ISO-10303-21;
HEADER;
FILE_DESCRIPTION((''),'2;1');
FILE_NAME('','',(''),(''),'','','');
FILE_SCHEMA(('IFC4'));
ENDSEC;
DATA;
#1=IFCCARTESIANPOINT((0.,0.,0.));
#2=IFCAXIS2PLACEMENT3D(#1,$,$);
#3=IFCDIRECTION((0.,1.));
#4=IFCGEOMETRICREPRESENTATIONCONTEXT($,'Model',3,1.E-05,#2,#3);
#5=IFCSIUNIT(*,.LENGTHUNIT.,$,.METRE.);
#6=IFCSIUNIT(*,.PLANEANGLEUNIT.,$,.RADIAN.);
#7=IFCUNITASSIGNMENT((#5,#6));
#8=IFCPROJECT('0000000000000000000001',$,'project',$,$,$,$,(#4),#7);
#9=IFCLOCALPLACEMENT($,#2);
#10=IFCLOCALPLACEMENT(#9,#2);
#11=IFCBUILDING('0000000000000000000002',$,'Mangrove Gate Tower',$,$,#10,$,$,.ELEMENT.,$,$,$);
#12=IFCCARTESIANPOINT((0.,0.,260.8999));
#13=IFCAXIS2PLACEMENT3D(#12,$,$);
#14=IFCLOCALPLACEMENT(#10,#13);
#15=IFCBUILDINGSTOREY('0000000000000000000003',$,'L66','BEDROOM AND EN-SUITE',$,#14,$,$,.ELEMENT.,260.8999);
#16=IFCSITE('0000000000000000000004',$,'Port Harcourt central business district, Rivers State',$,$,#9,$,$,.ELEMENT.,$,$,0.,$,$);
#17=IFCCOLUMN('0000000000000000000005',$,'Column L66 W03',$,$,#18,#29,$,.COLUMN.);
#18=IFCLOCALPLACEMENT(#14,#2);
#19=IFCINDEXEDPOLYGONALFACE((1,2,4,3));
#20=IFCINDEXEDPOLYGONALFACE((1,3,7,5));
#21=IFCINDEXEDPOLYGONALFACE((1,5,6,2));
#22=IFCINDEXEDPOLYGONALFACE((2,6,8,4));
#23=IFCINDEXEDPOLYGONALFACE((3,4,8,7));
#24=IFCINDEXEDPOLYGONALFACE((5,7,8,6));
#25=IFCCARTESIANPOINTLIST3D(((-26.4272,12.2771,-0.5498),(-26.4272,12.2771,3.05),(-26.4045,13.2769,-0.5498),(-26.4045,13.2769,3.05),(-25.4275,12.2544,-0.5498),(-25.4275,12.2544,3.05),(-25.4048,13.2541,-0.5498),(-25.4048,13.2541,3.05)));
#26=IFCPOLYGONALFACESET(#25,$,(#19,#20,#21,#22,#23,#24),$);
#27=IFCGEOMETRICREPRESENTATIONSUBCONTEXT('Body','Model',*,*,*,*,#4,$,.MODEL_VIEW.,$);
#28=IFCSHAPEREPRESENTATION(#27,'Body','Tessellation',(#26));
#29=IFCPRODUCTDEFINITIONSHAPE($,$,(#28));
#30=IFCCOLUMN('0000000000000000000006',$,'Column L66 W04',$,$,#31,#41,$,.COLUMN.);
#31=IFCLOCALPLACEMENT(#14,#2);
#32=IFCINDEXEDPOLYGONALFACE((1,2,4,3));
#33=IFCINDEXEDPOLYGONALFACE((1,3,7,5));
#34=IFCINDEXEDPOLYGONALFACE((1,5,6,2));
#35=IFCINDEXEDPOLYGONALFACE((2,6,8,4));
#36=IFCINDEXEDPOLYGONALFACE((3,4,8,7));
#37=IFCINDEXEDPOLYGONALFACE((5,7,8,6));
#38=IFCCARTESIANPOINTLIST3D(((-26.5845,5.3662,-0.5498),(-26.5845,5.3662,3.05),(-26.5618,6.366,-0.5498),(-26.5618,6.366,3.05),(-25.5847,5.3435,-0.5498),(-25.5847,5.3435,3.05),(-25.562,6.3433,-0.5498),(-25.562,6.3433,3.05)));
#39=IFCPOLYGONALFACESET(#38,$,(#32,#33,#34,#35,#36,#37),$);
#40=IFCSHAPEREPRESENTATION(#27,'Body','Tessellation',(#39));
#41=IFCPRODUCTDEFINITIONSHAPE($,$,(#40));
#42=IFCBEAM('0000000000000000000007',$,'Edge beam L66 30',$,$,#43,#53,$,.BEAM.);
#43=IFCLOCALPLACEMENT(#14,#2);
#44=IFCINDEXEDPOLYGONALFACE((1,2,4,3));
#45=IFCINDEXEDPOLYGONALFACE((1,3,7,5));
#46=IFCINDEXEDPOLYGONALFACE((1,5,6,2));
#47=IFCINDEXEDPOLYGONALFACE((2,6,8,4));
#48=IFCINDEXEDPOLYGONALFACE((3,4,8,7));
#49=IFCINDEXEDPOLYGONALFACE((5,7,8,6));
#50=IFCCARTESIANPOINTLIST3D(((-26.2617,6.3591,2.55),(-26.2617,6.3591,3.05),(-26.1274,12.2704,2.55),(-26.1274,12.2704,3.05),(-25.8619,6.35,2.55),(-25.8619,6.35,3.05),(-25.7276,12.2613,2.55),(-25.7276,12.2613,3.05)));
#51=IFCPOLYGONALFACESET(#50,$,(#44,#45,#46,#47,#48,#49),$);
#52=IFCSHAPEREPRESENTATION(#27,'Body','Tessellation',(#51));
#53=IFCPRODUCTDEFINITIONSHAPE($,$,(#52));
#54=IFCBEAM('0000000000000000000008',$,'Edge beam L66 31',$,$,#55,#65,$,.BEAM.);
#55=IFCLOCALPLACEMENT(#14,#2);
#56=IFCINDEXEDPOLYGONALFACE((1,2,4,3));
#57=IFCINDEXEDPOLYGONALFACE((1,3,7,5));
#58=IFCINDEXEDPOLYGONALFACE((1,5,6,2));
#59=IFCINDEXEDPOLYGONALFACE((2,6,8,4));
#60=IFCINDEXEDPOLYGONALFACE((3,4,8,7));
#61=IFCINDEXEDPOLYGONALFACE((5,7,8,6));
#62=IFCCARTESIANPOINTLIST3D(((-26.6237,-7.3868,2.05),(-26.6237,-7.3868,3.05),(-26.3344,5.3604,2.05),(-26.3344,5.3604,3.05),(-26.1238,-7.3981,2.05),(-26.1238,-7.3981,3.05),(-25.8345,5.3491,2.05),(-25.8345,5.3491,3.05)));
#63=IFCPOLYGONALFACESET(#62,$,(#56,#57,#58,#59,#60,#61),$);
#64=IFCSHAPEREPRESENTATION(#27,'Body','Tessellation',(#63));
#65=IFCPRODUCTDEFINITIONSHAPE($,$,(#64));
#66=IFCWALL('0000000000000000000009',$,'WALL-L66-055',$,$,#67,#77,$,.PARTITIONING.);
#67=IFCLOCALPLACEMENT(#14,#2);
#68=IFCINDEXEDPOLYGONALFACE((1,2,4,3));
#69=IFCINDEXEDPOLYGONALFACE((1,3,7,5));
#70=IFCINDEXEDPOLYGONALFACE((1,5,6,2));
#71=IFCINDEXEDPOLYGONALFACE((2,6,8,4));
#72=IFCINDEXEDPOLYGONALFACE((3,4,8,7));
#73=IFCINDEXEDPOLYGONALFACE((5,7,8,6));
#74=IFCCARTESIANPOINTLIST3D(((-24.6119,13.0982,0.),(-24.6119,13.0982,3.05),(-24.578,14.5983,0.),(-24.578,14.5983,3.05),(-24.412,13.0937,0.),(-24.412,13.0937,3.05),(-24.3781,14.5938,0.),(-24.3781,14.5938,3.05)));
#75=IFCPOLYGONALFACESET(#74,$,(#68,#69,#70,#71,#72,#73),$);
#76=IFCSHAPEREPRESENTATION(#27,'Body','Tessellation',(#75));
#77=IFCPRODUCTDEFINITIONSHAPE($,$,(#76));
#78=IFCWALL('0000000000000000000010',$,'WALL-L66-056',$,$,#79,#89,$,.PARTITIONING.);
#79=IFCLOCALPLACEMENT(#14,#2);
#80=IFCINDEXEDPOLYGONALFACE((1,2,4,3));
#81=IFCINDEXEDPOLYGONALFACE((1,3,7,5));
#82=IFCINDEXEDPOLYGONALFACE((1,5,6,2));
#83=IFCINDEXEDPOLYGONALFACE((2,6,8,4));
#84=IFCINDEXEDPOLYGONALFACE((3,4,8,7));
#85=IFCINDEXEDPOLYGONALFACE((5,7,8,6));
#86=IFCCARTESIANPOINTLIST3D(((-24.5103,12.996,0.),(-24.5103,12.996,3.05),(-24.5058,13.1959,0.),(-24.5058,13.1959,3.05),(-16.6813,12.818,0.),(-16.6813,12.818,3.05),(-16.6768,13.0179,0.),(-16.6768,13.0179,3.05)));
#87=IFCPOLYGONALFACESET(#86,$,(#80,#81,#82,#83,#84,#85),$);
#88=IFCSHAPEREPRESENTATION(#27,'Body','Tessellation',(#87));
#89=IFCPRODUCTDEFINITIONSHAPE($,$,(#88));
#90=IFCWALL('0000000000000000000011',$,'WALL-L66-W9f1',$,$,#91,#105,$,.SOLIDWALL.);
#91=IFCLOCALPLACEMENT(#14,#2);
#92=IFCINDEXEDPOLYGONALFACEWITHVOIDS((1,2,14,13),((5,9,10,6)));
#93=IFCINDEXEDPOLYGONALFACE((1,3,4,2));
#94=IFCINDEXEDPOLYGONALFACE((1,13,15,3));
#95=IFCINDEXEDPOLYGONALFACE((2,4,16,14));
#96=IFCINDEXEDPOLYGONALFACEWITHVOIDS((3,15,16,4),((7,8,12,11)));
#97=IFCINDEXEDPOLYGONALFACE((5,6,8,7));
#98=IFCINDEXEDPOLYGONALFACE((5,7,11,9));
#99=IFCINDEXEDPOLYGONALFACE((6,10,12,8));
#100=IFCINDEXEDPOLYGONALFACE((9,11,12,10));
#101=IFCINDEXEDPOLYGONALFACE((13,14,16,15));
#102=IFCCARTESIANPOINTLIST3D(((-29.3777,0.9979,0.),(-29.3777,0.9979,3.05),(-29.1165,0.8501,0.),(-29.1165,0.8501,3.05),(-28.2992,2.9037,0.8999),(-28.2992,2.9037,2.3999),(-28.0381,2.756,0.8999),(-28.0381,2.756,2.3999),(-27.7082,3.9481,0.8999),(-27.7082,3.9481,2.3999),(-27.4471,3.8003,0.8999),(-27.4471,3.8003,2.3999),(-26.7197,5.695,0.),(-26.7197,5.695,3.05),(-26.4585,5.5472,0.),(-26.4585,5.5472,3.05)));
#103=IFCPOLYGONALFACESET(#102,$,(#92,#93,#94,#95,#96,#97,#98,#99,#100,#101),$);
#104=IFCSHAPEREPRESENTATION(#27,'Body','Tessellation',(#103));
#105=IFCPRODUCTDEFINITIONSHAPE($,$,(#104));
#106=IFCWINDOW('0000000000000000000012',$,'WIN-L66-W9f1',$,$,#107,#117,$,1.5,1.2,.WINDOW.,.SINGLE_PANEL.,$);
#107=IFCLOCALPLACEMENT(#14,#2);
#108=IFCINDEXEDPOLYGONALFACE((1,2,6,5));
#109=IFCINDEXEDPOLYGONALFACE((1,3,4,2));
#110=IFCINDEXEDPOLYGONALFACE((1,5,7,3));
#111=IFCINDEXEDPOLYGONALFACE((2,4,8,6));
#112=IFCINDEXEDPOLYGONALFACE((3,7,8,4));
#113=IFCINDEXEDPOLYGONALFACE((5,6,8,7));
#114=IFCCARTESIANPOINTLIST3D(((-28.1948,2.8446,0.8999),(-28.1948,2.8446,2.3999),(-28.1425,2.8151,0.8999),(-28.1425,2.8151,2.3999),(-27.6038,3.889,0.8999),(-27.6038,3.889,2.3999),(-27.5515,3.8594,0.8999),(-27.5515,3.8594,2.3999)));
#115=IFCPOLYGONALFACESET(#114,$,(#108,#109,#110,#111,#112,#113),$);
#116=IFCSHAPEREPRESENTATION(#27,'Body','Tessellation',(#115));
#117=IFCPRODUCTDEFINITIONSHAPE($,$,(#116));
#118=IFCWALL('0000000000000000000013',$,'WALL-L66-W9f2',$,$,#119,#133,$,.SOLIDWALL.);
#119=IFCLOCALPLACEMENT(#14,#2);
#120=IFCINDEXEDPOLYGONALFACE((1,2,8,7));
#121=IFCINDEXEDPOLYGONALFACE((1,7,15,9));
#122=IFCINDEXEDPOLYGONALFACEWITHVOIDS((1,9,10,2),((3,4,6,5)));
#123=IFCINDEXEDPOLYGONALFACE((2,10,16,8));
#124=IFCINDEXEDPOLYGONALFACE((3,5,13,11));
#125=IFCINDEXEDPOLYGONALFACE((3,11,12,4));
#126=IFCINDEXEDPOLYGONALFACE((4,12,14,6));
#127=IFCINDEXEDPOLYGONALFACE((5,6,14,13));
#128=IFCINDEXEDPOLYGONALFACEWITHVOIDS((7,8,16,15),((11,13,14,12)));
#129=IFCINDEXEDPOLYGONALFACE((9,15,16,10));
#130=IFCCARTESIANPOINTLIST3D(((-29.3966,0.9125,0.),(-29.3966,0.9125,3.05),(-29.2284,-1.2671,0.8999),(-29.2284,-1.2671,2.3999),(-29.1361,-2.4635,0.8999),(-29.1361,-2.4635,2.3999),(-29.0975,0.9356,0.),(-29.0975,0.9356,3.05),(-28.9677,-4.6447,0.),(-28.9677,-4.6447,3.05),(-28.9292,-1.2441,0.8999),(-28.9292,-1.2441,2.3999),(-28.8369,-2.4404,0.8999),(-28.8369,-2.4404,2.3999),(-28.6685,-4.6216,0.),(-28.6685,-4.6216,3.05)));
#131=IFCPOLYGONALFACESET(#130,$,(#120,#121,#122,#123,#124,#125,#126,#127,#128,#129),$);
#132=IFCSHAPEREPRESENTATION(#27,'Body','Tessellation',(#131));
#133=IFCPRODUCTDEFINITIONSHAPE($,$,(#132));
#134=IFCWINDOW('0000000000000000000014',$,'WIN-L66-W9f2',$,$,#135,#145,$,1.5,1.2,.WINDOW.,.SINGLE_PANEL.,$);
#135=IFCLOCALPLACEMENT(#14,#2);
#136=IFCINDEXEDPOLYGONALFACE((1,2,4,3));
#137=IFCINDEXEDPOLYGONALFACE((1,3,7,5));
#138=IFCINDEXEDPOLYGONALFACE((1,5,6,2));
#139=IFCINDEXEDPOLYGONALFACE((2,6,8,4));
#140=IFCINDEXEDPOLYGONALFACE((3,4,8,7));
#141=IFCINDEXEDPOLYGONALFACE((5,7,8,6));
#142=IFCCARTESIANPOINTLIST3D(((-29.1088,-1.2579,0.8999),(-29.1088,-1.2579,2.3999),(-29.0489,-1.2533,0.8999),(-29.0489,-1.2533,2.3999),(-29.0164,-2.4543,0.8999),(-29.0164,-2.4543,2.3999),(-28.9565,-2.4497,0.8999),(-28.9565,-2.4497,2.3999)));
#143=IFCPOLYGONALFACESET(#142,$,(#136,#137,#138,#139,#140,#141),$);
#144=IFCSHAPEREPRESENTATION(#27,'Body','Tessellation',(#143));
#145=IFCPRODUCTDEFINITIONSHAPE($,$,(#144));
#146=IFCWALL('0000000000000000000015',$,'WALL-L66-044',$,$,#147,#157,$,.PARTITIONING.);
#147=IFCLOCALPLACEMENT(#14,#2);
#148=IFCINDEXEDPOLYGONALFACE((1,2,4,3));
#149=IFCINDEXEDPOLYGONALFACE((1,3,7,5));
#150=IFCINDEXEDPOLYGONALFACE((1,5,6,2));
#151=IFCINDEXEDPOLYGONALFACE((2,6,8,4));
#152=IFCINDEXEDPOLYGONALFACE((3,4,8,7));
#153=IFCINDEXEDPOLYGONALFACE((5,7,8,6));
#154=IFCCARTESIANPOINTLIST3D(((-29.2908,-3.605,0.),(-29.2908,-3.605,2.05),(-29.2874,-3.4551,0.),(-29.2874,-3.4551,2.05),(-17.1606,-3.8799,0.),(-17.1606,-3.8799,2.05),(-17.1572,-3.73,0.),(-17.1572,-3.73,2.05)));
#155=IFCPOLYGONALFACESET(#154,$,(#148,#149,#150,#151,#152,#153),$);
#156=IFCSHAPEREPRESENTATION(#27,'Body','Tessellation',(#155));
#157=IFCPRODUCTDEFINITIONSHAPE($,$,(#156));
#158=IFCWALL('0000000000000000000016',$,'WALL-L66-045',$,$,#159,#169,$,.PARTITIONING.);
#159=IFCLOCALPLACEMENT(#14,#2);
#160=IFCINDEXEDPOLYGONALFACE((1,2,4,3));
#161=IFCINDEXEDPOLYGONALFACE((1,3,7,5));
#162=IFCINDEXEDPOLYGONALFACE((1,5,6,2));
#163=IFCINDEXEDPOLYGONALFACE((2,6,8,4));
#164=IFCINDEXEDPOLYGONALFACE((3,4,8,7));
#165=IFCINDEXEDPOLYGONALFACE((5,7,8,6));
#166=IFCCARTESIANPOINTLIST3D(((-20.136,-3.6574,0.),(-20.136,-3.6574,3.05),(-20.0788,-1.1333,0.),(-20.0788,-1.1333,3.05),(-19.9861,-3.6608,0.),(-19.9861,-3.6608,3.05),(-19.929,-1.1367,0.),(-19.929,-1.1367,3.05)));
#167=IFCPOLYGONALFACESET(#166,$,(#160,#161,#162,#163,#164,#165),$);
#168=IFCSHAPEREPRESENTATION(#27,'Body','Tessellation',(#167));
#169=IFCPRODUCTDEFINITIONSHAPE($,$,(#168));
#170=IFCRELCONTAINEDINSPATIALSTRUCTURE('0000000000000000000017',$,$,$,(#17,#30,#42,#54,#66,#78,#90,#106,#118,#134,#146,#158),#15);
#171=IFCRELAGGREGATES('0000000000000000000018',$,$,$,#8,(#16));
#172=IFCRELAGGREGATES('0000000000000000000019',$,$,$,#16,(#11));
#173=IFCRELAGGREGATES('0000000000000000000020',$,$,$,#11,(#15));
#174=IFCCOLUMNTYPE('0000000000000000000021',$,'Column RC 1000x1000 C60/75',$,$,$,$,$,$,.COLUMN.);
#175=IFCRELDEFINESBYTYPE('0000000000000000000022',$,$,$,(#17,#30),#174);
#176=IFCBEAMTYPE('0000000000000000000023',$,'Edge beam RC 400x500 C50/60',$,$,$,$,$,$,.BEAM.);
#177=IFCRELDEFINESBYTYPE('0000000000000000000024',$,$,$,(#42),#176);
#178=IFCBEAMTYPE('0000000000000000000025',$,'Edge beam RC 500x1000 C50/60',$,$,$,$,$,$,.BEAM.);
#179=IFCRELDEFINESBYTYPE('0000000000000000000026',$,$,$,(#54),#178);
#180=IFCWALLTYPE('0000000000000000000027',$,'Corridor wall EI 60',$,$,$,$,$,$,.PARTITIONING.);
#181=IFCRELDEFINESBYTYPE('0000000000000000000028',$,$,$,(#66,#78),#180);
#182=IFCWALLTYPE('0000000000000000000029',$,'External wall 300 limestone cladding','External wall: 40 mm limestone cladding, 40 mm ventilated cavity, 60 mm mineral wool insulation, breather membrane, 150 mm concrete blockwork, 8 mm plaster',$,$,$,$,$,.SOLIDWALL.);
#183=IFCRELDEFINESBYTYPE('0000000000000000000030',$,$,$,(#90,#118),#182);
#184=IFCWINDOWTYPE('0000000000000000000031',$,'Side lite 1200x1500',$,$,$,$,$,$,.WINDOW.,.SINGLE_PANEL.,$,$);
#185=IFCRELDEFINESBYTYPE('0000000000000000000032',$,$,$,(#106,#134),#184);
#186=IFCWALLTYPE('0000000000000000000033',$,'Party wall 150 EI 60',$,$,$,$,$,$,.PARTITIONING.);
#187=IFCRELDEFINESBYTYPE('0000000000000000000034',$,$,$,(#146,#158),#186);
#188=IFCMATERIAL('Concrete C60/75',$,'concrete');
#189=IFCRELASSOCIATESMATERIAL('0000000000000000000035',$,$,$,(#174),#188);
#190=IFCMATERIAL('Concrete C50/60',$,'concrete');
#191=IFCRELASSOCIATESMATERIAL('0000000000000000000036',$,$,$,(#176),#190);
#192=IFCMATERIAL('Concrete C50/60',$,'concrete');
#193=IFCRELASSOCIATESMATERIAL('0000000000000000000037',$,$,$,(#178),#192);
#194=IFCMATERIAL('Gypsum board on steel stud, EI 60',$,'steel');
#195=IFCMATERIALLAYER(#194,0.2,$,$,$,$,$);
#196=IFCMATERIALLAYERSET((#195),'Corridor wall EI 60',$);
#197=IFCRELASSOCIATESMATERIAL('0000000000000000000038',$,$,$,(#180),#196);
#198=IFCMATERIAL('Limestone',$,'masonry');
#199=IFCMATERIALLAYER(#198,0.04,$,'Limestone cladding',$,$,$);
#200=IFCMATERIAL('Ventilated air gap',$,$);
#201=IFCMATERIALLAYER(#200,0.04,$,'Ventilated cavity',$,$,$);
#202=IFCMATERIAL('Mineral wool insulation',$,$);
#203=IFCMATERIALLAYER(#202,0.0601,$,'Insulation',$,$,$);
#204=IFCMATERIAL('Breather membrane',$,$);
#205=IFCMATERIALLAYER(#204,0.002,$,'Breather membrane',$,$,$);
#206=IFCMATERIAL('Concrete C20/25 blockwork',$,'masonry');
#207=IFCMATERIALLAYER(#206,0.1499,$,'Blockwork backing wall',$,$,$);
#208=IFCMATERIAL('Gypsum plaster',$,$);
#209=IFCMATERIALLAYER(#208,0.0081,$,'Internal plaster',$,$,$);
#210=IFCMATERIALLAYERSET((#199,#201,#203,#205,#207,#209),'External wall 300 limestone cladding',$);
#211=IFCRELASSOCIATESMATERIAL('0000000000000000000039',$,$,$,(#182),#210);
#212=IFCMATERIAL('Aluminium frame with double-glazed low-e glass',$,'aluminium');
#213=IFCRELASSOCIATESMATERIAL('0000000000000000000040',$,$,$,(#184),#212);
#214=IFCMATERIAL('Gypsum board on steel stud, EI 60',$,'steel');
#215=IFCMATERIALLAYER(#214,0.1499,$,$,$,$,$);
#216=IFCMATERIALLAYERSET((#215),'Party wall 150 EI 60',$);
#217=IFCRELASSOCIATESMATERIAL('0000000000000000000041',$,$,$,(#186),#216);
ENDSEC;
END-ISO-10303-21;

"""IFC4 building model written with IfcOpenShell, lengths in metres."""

from ifc_helpers import new_model, si_unit, direction, frame, frame_2d, origin, origin_2d, place, context, subcontext, project, spatial, rectangle, extrude, material, layer, layer_set, material_profile, profile_set, type_object, element, fill, save


model = new_model("IFC4")

# Units and contexts
model_context = context("Model", 3, precision=1e-05, world=origin(), true_north=direction((0.0, 1.0)))
body_context = subcontext(model_context, "Body", "Model", "MODEL_VIEW")
ifc_project = project(units=[si_unit("LENGTHUNIT", "METRE"), si_unit("PLANEANGLEUNIT", "RADIAN")], contexts=[model_context])

# Site, building, storey
site_placement = place(None, origin())
site = spatial("IfcSite", under=ifc_project, at=site_placement, Name="Port Harcourt central business district, Rivers State", CompositionType="ELEMENT", RefElevation=0.0)
building_placement = place(site_placement, origin())
building = spatial("IfcBuilding", under=site, at=building_placement, Name="Mangrove Gate Tower", CompositionType="ELEMENT")
storey_placement = place(building_placement, frame((0.0, 0.0, 260.8999)))
storey = spatial("IfcBuildingStorey", under=building, at=storey_placement, Name="L66", Description="BEDROOM AND EN-SUITE", CompositionType="ELEMENT", Elevation=260.8999)

# Columns
ifc_material_1 = material(Name="Concrete C60/75", Category="concrete")
ifc_material_profile_1 = material_profile(ifc_material_1, rectangle(XDim=1.0, YDim=1.0, at=origin_2d()))
ifc_profile_set_1 = profile_set([ifc_material_profile_1], Name="Concrete C60/75")
column_type = type_object("IfcColumnType", Name="Column RC 1000x1000 C60/75", PredefinedType="COLUMN", material=ifc_profile_set_1)
for number, where, z_axis, x_axis, name in (
    (1, (-25.916, 12.7656, -0.5498), (0.0, 0.0, 1.0), (-0.022712, -0.999742, 0.0), "Column L66 W03"),
    (2, (-26.0732, 5.8547, -0.5498), (0.0, 0.0, 1.0), (-0.022697, -0.999742, 0.0), "Column L66 W04"),
):
    element("IfcColumn", number, at=place(storey_placement, frame(where, z_axis=z_axis, x_axis=x_axis)), inside=storey, type_object=column_type, Name=name, PredefinedType="COLUMN", context=body_context, shape_type="SweptSolid", body=[
        extrude(rectangle(XDim=1.0, YDim=1.0, at=origin_2d()), origin(), (0.0, 0.0, 1.0), 3.5999),
    ])

# Beams
ifc_material_2 = material(Name="Concrete C50/60", Category="concrete")
ifc_material_profile_2 = material_profile(ifc_material_2, rectangle(XDim=0.3999, YDim=0.5, at=origin_2d()))
ifc_profile_set_2 = profile_set([ifc_material_profile_2], Name="Concrete C50/60")
beam_type_1 = type_object("IfcBeamType", Name="Edge beam RC 400x500 C50/60", PredefinedType="BEAM", material=ifc_profile_set_2)
beam_1_placement = place(storey_placement, frame((-25.9275, 12.2659, 2.8), z_axis=(-0.022709, -0.999742, 0.0), x_axis=(0.999742, -0.022709, 0.0)))
element("IfcBeam", 3, at=beam_1_placement, inside=storey, type_object=beam_type_1, Name="Edge beam L66 30", PredefinedType="BEAM", context=body_context, shape_type="SweptSolid", body=[
    extrude(rectangle(XDim=0.3999, YDim=0.5, at=origin_2d()), origin(), (0.0, 0.0, 1.0), 5.9128),
])
ifc_material_3 = material(Name="Concrete C50/60", Category="concrete")
ifc_material_profile_3 = material_profile(ifc_material_3, rectangle(XDim=0.5, YDim=1.0, at=origin_2d()))
ifc_profile_set_3 = profile_set([ifc_material_profile_3], Name="Concrete C50/60")
beam_type_2 = type_object("IfcBeamType", Name="Edge beam RC 500x1000 C50/60", PredefinedType="BEAM", material=ifc_profile_set_3)
beam_2_placement = place(storey_placement, frame((-26.0845, 5.3547, 2.55), z_axis=(-0.02269, -0.999743, 0.0), x_axis=(0.999743, -0.02269, 0.0)))
element("IfcBeam", 4, at=beam_2_placement, inside=storey, type_object=beam_type_2, Name="Edge beam L66 31", PredefinedType="BEAM", context=body_context, shape_type="SweptSolid", body=[
    extrude(rectangle(XDim=0.5, YDim=1.0, at=origin_2d()), origin(), (0.0, 0.0, 1.0), 12.7505),
])

# Walls
ifc_material_4 = material(Name="Gypsum board on steel stud, EI 60", Category="steel")
ifc_layer_1 = layer(ifc_material_4, 0.2)
ifc_layer_set_1 = layer_set([ifc_layer_1], Name="Corridor wall EI 60")
wall_type_1 = type_object("IfcWallType", Name="Corridor wall EI 60", PredefinedType="PARTITIONING", material=ifc_layer_set_1)
wall_1_placement = place(storey_placement, frame((-24.512, 13.0959, 0.0), z_axis=(0.0, 0.0, 1.0), x_axis=(0.022618, 0.999744, 0.0)))
element("IfcWall", 5, at=wall_1_placement, inside=storey, type_object=wall_type_1, Name="WALL-L66-055", PredefinedType="PARTITIONING", context=body_context, shape_type="SweptSolid", body=[
    extrude(rectangle(XDim=1.5005, YDim=0.2, at=frame_2d((0.7502, 0.0))), origin(), (0.0, 0.0, 1.0), 3.05),
])
wall_2_placement = place(storey_placement, frame((-24.5081, 13.0959, 0.0), z_axis=(0.0, 0.0, 1.0), x_axis=(0.999742, -0.022727, 0.0)))
element("IfcWall", 6, at=wall_2_placement, inside=storey, type_object=wall_type_1, Name="WALL-L66-056", PredefinedType="PARTITIONING", context=body_context, shape_type="SweptSolid", body=[
    extrude(rectangle(XDim=7.8311, YDim=0.2, at=frame_2d((3.9155, 0.0))), origin(), (0.0, 0.0, 1.0), 3.05),
])

# Walls, openings, windows
ifc_material_5 = material(Name="Limestone", Category="masonry")
ifc_layer_2 = layer(ifc_material_5, 0.04, Name="Limestone cladding")
ifc_material_6 = material(Name="Ventilated air gap")
ifc_layer_3 = layer(ifc_material_6, 0.04, Name="Ventilated cavity")
ifc_material_7 = material(Name="Mineral wool insulation")
ifc_layer_4 = layer(ifc_material_7, 0.0601, Name="Insulation")
ifc_material_8 = material(Name="Breather membrane")
ifc_layer_5 = layer(ifc_material_8, 0.002, Name="Breather membrane")
ifc_material_9 = material(Name="Concrete C20/25 blockwork", Category="masonry")
ifc_layer_6 = layer(ifc_material_9, 0.1499, Name="Blockwork backing wall")
ifc_material_10 = material(Name="Gypsum plaster")
ifc_layer_7 = layer(ifc_material_10, 0.0081, Name="Internal plaster")
ifc_layer_set_2 = layer_set([ifc_layer_2, ifc_layer_3, ifc_layer_4, ifc_layer_5, ifc_layer_6, ifc_layer_7], Name="External wall 300 limestone cladding")
wall_type_2 = type_object("IfcWallType", Name="External wall 300 limestone cladding", Description="External wall: 40 mm limestone cladding, 40 mm ventilated cavity, 60 mm mineral wool insulation, breather membrane, 150 mm concrete blockwork, 8 mm plaster", PredefinedType="SOLIDWALL", material=ifc_layer_set_2)
wall_3_placement = place(storey_placement, frame((-26.5891, 5.6211, 0.0), z_axis=(0.0, 0.0, 1.0), x_axis=(-0.492495, -0.870315, 0.0)))
wall_3 = element("IfcWall", 7, at=wall_3_placement, inside=storey, type_object=wall_type_2, Name="WALL-L66-W9f1", PredefinedType="SOLIDWALL", context=body_context, shape_type="SweptSolid", body=[
    extrude(rectangle(XDim=5.397, YDim=0.3, at=frame_2d((2.6985, 0.0))), origin(), (0.0, 0.0, 1.0), 3.05),
])
opening_1_placement = place(wall_3_placement, frame((2.0071, 0.0, 0.8999)))
opening_1 = element("IfcOpeningElement", 8, at=opening_1_placement, cuts=wall_3, PredefinedType="OPENING", context=body_context, shape_type="SweptSolid", body=[
    extrude(rectangle(XDim=1.2, YDim=1.5, at=frame_2d((0.6001, 0.75))), frame((0.0, 0.1599, 0.0), z_axis=(0.0, -1.0, 0.0), x_axis=(1.0, 0.0, 0.0)), (0.0, 0.0, 1.0), 0.3201),
])
ifc_material_11 = material(Name="Aluminium frame with double-glazed low-e glass", Category="aluminium")
window_type = type_object("IfcWindowType", Name="Side lite 1200x1500", PartitioningType="SINGLE_PANEL", PredefinedType="WINDOW", material=ifc_material_11)
window_1_placement = place(opening_1_placement, origin())
window_1 = element("IfcWindow", 9, at=window_1_placement, inside=storey, type_object=window_type, Name="WIN-L66-W9f1", OverallHeight=1.5, OverallWidth=1.2, PartitioningType="SINGLE_PANEL", PredefinedType="WINDOW", context=body_context, shape_type="SweptSolid", body=[
    extrude(rectangle(XDim=1.2, YDim=1.5, at=frame_2d((0.6001, 0.75))), frame((0.0, 0.03, 0.0), z_axis=(0.0, -1.0, 0.0), x_axis=(1.0, 0.0, 0.0)), (0.0, 0.0, 1.0), 0.0601),
])
fill(opening_1, window_1)
wall_4_placement = place(storey_placement, frame((-29.2471, 0.9241, 0.0), z_axis=(0.0, 0.0, 1.0), x_axis=(0.076961, -0.997034, 0.0)))
wall_4 = element("IfcWall", 10, at=wall_4_placement, inside=storey, type_object=wall_type_2, Name="WALL-L66-W9f2", PredefinedType="SOLIDWALL", context=body_context, shape_type="SweptSolid", body=[
    extrude(rectangle(XDim=5.5737, YDim=0.3, at=frame_2d((2.7869, 0.0))), origin(), (0.0, 0.0, 1.0), 3.05),
])
opening_2_placement = place(wall_4_placement, frame((2.186, 0.0, 0.8999)))
opening_2 = element("IfcOpeningElement", 11, at=opening_2_placement, cuts=wall_4, PredefinedType="OPENING", context=body_context, shape_type="SweptSolid", body=[
    extrude(rectangle(XDim=1.2, YDim=1.5, at=frame_2d((0.6001, 0.75))), frame((0.0, 0.1599, 0.0), z_axis=(0.0, -1.0, 0.0), x_axis=(1.0, 0.0, 0.0)), (0.0, 0.0, 1.0), 0.3201),
])
window_2_placement = place(opening_2_placement, origin())
window_2 = element("IfcWindow", 12, at=window_2_placement, inside=storey, type_object=window_type, Name="WIN-L66-W9f2", OverallHeight=1.5, OverallWidth=1.2, PartitioningType="SINGLE_PANEL", PredefinedType="WINDOW", context=body_context, shape_type="SweptSolid", body=[
    extrude(rectangle(XDim=1.2, YDim=1.5, at=frame_2d((0.6001, 0.75))), frame((0.0, 0.03, 0.0), z_axis=(0.0, -1.0, 0.0), x_axis=(1.0, 0.0, 0.0)), (0.0, 0.0, 1.0), 0.0601),
])
fill(opening_2, window_2)

# Walls
ifc_material_12 = material(Name="Gypsum board on steel stud, EI 60", Category="steel")
ifc_layer_8 = layer(ifc_material_12, 0.1499)
ifc_layer_set_3 = layer_set([ifc_layer_8], Name="Party wall 150 EI 60")
wall_type_3 = type_object("IfcWallType", Name="Party wall 150 EI 60", PredefinedType="PARTITIONING", material=ifc_layer_set_3)
wall_5_placement = place(storey_placement, frame((-29.2891, -3.53, 0.0), z_axis=(0.0, 0.0, 1.0), x_axis=(0.999743, -0.022657, 0.0)))
element("IfcWall", 13, at=wall_5_placement, inside=storey, type_object=wall_type_3, Name="WALL-L66-044", PredefinedType="PARTITIONING", context=body_context, shape_type="SweptSolid", body=[
    extrude(rectangle(XDim=12.1333, YDim=0.1499, at=frame_2d((6.0667, 0.0))), origin(), (0.0, 0.0, 1.0), 2.05),
])
wall_6_placement = place(storey_placement, frame((-20.061, -3.6589, 0.0), z_axis=(0.0, 0.0, 1.0), x_axis=(0.022629, 0.999744, 0.0)))
element("IfcWall", 14, at=wall_6_placement, inside=storey, type_object=wall_type_3, Name="WALL-L66-045", PredefinedType="PARTITIONING", context=body_context, shape_type="SweptSolid", body=[
    extrude(rectangle(XDim=2.5247, YDim=0.1499, at=frame_2d((1.2622, 0.0))), origin(), (0.0, 0.0, 1.0), 3.05),
])

save(model, "model.ifc")
